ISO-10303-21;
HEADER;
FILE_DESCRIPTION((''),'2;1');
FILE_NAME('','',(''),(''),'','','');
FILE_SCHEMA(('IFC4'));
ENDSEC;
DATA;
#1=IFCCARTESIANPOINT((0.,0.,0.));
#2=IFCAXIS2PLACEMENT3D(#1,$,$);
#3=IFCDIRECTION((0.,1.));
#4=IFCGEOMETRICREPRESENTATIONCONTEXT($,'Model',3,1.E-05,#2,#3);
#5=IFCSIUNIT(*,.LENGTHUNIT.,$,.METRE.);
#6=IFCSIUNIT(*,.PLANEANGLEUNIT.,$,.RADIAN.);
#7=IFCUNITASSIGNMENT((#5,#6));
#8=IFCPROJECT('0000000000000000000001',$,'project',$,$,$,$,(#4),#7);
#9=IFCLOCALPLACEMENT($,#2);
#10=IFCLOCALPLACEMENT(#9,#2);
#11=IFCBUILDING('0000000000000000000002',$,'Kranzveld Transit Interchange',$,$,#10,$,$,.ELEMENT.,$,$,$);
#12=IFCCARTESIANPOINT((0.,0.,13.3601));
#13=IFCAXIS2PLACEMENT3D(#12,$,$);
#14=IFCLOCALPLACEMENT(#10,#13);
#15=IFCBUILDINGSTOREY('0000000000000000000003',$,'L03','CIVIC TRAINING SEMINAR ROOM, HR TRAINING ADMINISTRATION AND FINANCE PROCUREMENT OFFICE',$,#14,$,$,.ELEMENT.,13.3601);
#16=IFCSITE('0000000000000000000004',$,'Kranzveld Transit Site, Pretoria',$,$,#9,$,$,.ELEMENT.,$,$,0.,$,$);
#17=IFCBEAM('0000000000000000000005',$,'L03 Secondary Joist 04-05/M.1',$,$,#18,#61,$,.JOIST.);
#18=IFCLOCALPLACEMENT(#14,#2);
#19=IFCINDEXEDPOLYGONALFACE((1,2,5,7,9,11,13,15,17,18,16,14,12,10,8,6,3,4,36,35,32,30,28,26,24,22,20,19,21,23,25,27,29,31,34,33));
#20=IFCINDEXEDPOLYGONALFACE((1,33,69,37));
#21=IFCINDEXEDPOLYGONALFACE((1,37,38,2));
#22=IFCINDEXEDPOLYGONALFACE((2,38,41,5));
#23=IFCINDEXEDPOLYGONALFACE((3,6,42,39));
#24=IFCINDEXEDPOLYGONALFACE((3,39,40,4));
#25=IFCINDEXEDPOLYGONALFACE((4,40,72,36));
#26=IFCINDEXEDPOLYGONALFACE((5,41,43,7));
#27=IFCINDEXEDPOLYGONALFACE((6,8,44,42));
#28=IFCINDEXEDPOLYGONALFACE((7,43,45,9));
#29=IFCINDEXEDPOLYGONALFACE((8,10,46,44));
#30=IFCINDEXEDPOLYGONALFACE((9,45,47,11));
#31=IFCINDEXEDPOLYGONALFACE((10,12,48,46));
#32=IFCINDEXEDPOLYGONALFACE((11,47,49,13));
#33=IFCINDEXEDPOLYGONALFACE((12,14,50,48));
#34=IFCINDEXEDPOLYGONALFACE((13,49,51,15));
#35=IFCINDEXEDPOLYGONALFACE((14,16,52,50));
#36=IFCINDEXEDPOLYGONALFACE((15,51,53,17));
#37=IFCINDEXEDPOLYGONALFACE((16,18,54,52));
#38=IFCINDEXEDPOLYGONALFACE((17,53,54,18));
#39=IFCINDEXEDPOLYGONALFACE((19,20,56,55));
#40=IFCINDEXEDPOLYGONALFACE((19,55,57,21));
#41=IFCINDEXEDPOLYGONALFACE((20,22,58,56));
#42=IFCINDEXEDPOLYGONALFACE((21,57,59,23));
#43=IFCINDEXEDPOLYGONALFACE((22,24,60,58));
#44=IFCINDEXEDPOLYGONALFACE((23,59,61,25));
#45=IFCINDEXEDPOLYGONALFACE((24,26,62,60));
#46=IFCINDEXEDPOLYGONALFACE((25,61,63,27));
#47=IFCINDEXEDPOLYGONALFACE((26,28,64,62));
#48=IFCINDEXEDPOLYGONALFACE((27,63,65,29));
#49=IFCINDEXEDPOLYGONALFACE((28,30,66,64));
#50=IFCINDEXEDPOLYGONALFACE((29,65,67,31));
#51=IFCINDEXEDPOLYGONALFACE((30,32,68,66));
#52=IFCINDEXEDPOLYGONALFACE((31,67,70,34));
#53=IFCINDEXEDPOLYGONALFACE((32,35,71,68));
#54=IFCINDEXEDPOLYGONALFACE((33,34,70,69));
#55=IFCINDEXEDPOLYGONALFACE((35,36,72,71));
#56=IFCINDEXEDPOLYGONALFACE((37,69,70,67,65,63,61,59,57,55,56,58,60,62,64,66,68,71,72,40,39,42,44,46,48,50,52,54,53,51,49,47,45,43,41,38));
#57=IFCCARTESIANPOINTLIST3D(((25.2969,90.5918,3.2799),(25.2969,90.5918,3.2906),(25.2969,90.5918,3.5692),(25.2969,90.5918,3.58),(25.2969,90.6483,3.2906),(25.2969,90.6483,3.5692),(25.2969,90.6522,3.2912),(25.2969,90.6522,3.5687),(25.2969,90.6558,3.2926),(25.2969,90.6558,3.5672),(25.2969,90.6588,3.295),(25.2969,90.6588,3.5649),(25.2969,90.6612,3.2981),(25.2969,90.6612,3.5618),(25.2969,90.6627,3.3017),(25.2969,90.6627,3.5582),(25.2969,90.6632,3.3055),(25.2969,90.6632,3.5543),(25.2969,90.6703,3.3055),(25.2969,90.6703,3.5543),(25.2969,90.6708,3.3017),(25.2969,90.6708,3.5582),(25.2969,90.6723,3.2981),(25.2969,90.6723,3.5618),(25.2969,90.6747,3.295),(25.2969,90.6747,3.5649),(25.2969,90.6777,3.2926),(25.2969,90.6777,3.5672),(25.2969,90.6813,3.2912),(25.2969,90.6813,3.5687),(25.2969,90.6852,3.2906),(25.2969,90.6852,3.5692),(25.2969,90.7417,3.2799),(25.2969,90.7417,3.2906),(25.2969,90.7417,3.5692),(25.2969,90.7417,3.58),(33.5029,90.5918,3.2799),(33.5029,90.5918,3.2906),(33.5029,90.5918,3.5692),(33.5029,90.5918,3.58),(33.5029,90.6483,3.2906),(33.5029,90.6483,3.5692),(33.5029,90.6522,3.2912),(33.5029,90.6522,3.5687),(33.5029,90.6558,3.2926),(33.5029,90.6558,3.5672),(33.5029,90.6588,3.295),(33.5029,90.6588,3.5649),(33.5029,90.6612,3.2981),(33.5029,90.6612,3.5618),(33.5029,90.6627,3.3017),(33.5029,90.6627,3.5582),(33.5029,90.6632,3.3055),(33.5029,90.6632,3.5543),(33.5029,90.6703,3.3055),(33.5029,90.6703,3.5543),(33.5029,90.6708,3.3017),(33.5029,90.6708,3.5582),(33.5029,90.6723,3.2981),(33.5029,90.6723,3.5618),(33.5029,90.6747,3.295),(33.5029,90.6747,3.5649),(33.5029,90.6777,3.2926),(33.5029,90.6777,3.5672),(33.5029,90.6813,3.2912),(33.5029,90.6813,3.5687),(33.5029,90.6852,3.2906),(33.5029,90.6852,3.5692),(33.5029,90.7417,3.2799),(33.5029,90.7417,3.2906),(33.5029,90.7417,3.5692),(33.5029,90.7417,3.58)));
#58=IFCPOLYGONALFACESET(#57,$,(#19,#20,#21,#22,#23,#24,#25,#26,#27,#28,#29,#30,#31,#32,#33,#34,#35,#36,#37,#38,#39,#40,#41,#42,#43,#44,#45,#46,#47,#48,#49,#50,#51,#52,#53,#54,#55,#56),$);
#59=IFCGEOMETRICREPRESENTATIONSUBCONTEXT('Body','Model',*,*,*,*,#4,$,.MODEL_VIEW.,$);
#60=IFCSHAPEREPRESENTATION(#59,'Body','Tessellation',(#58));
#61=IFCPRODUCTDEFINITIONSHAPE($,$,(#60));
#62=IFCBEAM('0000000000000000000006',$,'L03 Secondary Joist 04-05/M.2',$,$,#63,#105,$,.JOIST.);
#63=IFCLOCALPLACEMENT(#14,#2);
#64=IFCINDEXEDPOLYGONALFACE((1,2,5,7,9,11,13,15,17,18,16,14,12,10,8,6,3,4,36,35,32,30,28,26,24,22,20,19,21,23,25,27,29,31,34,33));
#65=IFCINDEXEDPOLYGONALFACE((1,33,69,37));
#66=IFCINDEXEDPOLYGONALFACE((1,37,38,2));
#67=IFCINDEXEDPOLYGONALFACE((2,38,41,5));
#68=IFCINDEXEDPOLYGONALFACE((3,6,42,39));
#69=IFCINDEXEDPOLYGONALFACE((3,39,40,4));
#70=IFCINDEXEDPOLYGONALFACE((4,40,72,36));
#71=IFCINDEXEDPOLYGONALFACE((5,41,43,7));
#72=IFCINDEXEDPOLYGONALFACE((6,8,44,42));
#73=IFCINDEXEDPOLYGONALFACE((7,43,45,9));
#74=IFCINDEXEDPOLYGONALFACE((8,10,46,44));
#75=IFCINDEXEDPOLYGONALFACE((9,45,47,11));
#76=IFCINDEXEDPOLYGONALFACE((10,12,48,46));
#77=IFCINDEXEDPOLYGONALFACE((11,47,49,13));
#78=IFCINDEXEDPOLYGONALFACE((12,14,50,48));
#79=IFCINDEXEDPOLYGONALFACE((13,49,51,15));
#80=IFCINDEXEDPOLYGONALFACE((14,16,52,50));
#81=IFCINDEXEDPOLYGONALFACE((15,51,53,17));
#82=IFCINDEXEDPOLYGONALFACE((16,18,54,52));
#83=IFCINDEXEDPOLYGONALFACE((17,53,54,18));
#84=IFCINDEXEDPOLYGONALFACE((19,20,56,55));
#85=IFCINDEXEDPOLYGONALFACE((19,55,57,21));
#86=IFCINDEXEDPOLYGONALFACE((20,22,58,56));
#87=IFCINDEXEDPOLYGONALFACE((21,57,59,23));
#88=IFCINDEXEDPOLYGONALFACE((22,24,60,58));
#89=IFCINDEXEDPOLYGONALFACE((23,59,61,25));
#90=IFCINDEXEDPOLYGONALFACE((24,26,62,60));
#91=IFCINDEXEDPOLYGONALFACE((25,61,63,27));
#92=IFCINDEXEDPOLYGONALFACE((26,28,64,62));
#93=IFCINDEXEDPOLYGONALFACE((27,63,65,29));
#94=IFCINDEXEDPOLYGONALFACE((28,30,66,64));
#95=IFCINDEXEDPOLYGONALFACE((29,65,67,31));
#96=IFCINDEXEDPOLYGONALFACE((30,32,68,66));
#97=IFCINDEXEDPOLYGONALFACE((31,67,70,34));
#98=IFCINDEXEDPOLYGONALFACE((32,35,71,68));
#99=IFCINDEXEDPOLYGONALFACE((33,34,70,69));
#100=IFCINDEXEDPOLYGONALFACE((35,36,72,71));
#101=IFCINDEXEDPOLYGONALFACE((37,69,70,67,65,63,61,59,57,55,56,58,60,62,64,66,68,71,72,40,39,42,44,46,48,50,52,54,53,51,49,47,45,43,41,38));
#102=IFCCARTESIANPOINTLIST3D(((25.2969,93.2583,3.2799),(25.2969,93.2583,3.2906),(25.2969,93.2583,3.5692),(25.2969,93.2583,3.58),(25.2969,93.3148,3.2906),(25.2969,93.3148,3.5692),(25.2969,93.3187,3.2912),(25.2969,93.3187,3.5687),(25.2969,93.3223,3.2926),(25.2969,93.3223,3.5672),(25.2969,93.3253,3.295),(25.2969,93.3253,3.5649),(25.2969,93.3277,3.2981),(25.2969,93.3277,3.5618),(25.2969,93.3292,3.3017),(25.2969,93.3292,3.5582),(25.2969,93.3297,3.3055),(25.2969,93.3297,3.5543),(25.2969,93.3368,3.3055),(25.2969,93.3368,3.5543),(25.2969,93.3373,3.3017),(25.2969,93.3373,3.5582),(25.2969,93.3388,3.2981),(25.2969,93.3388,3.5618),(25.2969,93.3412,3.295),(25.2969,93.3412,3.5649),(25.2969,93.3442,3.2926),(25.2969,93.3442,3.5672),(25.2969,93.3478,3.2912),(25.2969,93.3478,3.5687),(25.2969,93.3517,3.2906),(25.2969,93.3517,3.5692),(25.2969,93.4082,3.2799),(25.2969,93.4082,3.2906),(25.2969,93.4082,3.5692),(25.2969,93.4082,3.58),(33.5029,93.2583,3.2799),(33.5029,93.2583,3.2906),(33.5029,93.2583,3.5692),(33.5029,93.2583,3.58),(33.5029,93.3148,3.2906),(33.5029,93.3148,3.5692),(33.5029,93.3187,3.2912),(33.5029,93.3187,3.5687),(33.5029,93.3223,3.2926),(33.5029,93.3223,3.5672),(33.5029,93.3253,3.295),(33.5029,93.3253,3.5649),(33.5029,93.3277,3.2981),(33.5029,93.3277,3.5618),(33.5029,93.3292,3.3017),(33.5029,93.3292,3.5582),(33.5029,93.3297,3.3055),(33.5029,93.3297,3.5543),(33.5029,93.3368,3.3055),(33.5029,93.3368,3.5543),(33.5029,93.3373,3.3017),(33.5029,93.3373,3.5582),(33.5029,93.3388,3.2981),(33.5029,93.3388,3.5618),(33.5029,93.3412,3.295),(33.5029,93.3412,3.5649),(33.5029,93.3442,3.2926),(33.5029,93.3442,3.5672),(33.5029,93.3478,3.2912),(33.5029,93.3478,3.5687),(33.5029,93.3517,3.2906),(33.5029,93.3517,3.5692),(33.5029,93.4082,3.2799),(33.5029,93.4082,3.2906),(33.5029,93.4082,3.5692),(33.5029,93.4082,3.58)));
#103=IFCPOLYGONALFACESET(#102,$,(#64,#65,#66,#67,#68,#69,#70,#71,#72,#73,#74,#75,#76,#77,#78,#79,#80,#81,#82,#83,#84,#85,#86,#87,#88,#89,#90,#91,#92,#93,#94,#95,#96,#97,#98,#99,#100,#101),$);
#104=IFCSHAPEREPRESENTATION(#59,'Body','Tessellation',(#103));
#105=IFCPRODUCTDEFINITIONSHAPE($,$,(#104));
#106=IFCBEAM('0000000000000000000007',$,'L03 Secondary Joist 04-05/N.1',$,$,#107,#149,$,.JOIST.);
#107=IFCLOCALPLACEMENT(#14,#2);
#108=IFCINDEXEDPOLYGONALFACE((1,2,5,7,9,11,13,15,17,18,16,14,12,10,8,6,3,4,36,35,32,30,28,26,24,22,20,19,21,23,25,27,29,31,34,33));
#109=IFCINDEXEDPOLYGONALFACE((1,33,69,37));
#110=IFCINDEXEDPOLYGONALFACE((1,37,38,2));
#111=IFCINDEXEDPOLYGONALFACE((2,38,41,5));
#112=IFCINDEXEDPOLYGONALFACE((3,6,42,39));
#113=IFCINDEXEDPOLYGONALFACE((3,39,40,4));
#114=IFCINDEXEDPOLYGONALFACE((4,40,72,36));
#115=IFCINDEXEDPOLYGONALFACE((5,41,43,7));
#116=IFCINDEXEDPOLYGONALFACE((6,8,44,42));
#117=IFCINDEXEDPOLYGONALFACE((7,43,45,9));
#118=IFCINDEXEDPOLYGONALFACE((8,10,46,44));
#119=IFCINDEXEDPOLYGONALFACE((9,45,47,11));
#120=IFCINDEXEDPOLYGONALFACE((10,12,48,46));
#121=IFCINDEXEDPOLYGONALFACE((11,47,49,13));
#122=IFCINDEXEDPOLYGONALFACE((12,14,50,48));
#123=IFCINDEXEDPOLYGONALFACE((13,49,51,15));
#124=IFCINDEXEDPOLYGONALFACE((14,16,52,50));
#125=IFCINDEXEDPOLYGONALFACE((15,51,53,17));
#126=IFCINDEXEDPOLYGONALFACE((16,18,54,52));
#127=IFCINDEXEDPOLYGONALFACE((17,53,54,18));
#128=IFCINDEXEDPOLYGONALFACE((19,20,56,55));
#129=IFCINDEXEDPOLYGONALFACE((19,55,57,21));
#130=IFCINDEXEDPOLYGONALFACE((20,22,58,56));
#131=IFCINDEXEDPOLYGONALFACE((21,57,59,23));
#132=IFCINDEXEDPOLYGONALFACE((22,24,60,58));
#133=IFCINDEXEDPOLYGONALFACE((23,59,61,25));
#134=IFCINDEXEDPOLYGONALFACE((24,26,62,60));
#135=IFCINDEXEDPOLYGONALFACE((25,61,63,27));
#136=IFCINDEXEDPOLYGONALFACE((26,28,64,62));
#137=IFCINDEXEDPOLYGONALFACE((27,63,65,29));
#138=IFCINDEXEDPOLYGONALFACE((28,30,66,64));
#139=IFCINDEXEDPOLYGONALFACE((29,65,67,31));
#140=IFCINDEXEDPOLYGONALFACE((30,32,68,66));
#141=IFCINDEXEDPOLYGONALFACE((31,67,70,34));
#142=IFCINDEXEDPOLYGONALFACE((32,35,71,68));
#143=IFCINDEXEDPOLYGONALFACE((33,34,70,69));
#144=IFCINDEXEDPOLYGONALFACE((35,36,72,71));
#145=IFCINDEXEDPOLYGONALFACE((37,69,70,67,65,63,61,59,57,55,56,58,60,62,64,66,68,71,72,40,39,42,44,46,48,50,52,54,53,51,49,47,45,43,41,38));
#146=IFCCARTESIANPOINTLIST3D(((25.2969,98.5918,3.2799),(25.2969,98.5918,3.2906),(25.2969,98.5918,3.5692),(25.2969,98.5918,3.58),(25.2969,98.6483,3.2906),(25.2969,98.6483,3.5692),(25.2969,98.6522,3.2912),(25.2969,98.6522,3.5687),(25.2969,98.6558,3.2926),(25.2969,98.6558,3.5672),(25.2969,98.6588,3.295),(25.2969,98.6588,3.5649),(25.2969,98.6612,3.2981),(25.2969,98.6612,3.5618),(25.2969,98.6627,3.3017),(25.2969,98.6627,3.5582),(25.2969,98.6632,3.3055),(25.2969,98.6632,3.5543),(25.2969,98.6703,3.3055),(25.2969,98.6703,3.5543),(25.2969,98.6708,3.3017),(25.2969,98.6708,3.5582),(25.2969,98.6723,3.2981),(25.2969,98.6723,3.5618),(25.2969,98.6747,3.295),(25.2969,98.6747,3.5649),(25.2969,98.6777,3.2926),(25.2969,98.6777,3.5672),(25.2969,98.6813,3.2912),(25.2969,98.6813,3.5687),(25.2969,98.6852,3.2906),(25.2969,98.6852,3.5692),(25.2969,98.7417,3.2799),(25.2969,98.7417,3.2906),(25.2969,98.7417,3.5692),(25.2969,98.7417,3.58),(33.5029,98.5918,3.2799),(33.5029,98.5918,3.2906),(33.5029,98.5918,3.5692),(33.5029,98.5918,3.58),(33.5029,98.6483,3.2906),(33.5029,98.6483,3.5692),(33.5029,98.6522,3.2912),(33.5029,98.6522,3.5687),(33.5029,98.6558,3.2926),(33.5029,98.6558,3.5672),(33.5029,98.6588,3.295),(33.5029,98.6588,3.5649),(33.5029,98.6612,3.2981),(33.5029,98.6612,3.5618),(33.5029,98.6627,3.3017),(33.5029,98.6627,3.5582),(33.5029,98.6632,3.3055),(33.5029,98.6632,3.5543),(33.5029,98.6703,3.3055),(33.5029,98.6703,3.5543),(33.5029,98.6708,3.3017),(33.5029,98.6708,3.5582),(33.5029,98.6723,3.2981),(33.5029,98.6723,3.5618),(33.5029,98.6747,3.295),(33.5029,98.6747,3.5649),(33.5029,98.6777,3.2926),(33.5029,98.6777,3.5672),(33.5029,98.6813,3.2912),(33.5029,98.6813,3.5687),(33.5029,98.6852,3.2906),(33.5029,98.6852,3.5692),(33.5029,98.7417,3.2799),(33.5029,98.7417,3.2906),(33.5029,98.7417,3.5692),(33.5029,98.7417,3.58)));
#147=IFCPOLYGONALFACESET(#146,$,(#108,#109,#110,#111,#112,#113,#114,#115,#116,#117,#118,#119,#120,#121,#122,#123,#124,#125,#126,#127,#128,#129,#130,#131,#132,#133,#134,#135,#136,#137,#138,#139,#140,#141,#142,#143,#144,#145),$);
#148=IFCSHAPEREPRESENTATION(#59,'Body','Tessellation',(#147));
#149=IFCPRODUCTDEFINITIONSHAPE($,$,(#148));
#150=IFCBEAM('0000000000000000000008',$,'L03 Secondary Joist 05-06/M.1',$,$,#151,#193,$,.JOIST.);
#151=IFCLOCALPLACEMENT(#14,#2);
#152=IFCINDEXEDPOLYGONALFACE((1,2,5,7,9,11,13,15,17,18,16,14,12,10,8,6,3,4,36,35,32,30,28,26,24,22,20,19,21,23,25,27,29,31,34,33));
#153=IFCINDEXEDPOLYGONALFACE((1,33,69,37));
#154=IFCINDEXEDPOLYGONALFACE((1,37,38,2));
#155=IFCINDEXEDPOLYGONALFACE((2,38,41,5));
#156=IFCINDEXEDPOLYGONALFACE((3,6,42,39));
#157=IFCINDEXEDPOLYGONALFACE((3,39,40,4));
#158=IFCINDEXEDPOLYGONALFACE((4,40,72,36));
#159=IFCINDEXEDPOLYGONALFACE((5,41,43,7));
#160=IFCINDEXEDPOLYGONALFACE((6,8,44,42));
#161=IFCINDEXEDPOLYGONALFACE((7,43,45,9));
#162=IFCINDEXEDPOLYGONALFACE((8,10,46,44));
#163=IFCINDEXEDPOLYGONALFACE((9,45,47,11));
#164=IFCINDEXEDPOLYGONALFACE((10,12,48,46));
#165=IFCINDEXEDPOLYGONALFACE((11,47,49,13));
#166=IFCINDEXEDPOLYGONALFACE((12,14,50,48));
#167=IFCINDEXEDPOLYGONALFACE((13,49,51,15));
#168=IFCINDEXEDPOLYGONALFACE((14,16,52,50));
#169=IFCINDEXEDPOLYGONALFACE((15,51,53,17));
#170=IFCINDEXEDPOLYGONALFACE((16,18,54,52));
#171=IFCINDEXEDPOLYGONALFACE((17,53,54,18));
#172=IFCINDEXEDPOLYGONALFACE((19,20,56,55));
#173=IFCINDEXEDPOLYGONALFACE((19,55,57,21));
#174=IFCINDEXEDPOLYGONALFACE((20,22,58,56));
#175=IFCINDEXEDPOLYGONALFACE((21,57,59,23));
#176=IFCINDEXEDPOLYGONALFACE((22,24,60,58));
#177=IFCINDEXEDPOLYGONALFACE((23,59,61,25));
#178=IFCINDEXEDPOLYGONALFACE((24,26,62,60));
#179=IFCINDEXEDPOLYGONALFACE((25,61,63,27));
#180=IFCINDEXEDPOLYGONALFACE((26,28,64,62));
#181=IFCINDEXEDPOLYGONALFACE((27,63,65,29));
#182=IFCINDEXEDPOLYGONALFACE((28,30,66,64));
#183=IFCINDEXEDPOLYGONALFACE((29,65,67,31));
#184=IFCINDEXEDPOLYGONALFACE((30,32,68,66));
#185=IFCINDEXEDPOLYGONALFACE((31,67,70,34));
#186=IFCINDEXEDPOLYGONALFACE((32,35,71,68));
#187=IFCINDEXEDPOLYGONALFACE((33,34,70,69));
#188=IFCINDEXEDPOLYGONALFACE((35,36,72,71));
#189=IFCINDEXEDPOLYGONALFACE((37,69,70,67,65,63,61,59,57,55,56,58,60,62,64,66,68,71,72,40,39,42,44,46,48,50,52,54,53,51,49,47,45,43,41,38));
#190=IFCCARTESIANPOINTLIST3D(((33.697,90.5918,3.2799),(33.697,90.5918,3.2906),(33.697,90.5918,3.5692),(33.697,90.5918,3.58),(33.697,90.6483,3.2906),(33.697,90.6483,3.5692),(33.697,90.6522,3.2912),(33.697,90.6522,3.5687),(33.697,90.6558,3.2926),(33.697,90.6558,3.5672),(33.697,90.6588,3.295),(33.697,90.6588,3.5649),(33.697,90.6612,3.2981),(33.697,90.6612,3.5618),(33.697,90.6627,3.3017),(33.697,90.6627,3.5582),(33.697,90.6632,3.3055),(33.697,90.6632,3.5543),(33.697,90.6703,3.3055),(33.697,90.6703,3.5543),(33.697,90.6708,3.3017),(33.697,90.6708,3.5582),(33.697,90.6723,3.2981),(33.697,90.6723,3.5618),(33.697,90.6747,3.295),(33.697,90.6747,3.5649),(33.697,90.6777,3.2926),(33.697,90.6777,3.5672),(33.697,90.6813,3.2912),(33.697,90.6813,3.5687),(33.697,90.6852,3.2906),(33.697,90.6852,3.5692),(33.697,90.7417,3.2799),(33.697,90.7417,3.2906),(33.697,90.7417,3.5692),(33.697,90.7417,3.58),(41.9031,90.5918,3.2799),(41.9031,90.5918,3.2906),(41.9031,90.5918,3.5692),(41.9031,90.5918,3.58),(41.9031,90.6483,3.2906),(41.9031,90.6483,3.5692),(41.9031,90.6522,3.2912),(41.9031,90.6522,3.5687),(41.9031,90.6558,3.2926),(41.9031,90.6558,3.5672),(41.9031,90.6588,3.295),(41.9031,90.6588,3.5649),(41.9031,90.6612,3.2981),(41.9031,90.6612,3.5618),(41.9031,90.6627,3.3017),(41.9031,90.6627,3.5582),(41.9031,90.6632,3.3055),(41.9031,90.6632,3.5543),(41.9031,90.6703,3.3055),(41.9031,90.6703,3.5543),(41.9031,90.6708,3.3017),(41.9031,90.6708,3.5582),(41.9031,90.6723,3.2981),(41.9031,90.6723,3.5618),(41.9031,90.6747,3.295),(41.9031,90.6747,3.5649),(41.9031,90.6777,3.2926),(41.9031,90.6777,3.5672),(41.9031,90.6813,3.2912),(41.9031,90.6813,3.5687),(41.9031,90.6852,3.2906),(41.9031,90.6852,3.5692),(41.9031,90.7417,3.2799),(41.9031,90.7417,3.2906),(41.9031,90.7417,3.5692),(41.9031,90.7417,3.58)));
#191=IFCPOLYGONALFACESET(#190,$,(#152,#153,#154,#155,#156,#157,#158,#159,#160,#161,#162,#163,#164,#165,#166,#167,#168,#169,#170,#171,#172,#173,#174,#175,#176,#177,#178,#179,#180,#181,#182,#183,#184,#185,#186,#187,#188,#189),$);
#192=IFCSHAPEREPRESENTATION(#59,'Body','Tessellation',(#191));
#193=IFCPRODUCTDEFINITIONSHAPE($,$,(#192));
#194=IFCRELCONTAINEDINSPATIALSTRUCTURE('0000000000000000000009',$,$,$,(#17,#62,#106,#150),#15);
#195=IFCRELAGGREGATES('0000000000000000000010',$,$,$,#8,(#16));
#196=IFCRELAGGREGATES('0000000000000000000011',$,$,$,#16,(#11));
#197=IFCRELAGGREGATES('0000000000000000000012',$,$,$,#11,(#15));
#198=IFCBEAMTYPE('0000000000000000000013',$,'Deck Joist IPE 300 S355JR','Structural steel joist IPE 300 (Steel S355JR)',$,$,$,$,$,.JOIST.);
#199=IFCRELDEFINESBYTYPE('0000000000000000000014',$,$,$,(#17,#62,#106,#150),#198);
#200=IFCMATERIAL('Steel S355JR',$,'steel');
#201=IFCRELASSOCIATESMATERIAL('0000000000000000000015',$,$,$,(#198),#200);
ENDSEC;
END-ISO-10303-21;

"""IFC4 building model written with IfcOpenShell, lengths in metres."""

from ifc_helpers import new_model, si_unit, direction, frame, origin, origin_2d, place, context, subcontext, project, spatial, i_section, extrude, material, material_profile, profile_set, type_object, element, save


model = new_model("IFC4")

# Units and contexts
model_context = context("Model", 3, precision=1e-05, world=origin(), true_north=direction((0.0, 1.0)))
body_context = subcontext(model_context, "Body", "Model", "MODEL_VIEW")
ifc_project = project(units=[si_unit("LENGTHUNIT", "METRE"), si_unit("PLANEANGLEUNIT", "RADIAN")], contexts=[model_context])

# Site, building, storey
site_placement = place(None, origin())
site = spatial("IfcSite", under=ifc_project, at=site_placement, Name="Kranzveld Transit Site, Pretoria", CompositionType="ELEMENT", RefElevation=0.0)
building_placement = place(site_placement, origin())
building = spatial("IfcBuilding", under=site, at=building_placement, Name="Kranzveld Transit Interchange", CompositionType="ELEMENT")
storey_placement = place(building_placement, frame((0.0, 0.0, 13.3601)))
storey = spatial("IfcBuildingStorey", under=building, at=storey_placement, Name="L03", Description="CIVIC TRAINING SEMINAR ROOM, HR TRAINING ADMINISTRATION AND FINANCE PROCUREMENT OFFICE", CompositionType="ELEMENT", Elevation=13.3601)

# Beams
ifc_material_1 = material(Name="Steel S355JR", Category="steel")
ifc_material_profile_1 = material_profile(ifc_material_1, i_section(OverallWidth=0.1499, OverallDepth=0.3, WebThickness=0.0071, FlangeThickness=0.0107, FilletRadius=0.0149, at=origin_2d()), Name="IPE 300")
ifc_profile_set_1 = profile_set([ifc_material_profile_1], Name="Steel S355JR")
beam_type_1 = type_object("IfcBeamType", Name="Deck Joist IPE 300 S355JR", Description="Structural steel joist IPE 300 (Steel S355JR)", PredefinedType="JOIST", material=ifc_profile_set_1)
for number, where, z_axis, x_axis, name in (
    (1, (25.2969, 90.6667, 3.4299), (1.0, 0.0, 0.0), (0.0, 1.0, 0.0), "L03 Secondary Joist 04-05/M.1"),
    (2, (25.2969, 93.3333, 3.4299), (1.0, 0.0, 0.0), (0.0, 1.0, 0.0), "L03 Secondary Joist 04-05/M.2"),
    (3, (25.2969, 98.6667, 3.4299), (1.0, 0.0, 0.0), (0.0, 1.0, 0.0), "L03 Secondary Joist 04-05/N.1"),
    (4, (33.697, 90.6667, 3.4299), (1.0, 0.0, 0.0), (0.0, 1.0, 0.0), "L03 Secondary Joist 05-06/M.1"),
):
    element("IfcBeam", number, at=place(storey_placement, frame(where, z_axis=z_axis, x_axis=x_axis)), inside=storey, type_object=beam_type_1, Name=name, PredefinedType="JOIST", context=body_context, shape_type="SweptSolid", body=[
        extrude(i_section(OverallWidth=0.1499, OverallDepth=0.3, WebThickness=0.0071, FlangeThickness=0.0107, FilletRadius=0.0149, at=origin_2d()), origin(), (0.0, 0.0, 1.0), 8.2061),
    ])

save(model, "model.ifc")
